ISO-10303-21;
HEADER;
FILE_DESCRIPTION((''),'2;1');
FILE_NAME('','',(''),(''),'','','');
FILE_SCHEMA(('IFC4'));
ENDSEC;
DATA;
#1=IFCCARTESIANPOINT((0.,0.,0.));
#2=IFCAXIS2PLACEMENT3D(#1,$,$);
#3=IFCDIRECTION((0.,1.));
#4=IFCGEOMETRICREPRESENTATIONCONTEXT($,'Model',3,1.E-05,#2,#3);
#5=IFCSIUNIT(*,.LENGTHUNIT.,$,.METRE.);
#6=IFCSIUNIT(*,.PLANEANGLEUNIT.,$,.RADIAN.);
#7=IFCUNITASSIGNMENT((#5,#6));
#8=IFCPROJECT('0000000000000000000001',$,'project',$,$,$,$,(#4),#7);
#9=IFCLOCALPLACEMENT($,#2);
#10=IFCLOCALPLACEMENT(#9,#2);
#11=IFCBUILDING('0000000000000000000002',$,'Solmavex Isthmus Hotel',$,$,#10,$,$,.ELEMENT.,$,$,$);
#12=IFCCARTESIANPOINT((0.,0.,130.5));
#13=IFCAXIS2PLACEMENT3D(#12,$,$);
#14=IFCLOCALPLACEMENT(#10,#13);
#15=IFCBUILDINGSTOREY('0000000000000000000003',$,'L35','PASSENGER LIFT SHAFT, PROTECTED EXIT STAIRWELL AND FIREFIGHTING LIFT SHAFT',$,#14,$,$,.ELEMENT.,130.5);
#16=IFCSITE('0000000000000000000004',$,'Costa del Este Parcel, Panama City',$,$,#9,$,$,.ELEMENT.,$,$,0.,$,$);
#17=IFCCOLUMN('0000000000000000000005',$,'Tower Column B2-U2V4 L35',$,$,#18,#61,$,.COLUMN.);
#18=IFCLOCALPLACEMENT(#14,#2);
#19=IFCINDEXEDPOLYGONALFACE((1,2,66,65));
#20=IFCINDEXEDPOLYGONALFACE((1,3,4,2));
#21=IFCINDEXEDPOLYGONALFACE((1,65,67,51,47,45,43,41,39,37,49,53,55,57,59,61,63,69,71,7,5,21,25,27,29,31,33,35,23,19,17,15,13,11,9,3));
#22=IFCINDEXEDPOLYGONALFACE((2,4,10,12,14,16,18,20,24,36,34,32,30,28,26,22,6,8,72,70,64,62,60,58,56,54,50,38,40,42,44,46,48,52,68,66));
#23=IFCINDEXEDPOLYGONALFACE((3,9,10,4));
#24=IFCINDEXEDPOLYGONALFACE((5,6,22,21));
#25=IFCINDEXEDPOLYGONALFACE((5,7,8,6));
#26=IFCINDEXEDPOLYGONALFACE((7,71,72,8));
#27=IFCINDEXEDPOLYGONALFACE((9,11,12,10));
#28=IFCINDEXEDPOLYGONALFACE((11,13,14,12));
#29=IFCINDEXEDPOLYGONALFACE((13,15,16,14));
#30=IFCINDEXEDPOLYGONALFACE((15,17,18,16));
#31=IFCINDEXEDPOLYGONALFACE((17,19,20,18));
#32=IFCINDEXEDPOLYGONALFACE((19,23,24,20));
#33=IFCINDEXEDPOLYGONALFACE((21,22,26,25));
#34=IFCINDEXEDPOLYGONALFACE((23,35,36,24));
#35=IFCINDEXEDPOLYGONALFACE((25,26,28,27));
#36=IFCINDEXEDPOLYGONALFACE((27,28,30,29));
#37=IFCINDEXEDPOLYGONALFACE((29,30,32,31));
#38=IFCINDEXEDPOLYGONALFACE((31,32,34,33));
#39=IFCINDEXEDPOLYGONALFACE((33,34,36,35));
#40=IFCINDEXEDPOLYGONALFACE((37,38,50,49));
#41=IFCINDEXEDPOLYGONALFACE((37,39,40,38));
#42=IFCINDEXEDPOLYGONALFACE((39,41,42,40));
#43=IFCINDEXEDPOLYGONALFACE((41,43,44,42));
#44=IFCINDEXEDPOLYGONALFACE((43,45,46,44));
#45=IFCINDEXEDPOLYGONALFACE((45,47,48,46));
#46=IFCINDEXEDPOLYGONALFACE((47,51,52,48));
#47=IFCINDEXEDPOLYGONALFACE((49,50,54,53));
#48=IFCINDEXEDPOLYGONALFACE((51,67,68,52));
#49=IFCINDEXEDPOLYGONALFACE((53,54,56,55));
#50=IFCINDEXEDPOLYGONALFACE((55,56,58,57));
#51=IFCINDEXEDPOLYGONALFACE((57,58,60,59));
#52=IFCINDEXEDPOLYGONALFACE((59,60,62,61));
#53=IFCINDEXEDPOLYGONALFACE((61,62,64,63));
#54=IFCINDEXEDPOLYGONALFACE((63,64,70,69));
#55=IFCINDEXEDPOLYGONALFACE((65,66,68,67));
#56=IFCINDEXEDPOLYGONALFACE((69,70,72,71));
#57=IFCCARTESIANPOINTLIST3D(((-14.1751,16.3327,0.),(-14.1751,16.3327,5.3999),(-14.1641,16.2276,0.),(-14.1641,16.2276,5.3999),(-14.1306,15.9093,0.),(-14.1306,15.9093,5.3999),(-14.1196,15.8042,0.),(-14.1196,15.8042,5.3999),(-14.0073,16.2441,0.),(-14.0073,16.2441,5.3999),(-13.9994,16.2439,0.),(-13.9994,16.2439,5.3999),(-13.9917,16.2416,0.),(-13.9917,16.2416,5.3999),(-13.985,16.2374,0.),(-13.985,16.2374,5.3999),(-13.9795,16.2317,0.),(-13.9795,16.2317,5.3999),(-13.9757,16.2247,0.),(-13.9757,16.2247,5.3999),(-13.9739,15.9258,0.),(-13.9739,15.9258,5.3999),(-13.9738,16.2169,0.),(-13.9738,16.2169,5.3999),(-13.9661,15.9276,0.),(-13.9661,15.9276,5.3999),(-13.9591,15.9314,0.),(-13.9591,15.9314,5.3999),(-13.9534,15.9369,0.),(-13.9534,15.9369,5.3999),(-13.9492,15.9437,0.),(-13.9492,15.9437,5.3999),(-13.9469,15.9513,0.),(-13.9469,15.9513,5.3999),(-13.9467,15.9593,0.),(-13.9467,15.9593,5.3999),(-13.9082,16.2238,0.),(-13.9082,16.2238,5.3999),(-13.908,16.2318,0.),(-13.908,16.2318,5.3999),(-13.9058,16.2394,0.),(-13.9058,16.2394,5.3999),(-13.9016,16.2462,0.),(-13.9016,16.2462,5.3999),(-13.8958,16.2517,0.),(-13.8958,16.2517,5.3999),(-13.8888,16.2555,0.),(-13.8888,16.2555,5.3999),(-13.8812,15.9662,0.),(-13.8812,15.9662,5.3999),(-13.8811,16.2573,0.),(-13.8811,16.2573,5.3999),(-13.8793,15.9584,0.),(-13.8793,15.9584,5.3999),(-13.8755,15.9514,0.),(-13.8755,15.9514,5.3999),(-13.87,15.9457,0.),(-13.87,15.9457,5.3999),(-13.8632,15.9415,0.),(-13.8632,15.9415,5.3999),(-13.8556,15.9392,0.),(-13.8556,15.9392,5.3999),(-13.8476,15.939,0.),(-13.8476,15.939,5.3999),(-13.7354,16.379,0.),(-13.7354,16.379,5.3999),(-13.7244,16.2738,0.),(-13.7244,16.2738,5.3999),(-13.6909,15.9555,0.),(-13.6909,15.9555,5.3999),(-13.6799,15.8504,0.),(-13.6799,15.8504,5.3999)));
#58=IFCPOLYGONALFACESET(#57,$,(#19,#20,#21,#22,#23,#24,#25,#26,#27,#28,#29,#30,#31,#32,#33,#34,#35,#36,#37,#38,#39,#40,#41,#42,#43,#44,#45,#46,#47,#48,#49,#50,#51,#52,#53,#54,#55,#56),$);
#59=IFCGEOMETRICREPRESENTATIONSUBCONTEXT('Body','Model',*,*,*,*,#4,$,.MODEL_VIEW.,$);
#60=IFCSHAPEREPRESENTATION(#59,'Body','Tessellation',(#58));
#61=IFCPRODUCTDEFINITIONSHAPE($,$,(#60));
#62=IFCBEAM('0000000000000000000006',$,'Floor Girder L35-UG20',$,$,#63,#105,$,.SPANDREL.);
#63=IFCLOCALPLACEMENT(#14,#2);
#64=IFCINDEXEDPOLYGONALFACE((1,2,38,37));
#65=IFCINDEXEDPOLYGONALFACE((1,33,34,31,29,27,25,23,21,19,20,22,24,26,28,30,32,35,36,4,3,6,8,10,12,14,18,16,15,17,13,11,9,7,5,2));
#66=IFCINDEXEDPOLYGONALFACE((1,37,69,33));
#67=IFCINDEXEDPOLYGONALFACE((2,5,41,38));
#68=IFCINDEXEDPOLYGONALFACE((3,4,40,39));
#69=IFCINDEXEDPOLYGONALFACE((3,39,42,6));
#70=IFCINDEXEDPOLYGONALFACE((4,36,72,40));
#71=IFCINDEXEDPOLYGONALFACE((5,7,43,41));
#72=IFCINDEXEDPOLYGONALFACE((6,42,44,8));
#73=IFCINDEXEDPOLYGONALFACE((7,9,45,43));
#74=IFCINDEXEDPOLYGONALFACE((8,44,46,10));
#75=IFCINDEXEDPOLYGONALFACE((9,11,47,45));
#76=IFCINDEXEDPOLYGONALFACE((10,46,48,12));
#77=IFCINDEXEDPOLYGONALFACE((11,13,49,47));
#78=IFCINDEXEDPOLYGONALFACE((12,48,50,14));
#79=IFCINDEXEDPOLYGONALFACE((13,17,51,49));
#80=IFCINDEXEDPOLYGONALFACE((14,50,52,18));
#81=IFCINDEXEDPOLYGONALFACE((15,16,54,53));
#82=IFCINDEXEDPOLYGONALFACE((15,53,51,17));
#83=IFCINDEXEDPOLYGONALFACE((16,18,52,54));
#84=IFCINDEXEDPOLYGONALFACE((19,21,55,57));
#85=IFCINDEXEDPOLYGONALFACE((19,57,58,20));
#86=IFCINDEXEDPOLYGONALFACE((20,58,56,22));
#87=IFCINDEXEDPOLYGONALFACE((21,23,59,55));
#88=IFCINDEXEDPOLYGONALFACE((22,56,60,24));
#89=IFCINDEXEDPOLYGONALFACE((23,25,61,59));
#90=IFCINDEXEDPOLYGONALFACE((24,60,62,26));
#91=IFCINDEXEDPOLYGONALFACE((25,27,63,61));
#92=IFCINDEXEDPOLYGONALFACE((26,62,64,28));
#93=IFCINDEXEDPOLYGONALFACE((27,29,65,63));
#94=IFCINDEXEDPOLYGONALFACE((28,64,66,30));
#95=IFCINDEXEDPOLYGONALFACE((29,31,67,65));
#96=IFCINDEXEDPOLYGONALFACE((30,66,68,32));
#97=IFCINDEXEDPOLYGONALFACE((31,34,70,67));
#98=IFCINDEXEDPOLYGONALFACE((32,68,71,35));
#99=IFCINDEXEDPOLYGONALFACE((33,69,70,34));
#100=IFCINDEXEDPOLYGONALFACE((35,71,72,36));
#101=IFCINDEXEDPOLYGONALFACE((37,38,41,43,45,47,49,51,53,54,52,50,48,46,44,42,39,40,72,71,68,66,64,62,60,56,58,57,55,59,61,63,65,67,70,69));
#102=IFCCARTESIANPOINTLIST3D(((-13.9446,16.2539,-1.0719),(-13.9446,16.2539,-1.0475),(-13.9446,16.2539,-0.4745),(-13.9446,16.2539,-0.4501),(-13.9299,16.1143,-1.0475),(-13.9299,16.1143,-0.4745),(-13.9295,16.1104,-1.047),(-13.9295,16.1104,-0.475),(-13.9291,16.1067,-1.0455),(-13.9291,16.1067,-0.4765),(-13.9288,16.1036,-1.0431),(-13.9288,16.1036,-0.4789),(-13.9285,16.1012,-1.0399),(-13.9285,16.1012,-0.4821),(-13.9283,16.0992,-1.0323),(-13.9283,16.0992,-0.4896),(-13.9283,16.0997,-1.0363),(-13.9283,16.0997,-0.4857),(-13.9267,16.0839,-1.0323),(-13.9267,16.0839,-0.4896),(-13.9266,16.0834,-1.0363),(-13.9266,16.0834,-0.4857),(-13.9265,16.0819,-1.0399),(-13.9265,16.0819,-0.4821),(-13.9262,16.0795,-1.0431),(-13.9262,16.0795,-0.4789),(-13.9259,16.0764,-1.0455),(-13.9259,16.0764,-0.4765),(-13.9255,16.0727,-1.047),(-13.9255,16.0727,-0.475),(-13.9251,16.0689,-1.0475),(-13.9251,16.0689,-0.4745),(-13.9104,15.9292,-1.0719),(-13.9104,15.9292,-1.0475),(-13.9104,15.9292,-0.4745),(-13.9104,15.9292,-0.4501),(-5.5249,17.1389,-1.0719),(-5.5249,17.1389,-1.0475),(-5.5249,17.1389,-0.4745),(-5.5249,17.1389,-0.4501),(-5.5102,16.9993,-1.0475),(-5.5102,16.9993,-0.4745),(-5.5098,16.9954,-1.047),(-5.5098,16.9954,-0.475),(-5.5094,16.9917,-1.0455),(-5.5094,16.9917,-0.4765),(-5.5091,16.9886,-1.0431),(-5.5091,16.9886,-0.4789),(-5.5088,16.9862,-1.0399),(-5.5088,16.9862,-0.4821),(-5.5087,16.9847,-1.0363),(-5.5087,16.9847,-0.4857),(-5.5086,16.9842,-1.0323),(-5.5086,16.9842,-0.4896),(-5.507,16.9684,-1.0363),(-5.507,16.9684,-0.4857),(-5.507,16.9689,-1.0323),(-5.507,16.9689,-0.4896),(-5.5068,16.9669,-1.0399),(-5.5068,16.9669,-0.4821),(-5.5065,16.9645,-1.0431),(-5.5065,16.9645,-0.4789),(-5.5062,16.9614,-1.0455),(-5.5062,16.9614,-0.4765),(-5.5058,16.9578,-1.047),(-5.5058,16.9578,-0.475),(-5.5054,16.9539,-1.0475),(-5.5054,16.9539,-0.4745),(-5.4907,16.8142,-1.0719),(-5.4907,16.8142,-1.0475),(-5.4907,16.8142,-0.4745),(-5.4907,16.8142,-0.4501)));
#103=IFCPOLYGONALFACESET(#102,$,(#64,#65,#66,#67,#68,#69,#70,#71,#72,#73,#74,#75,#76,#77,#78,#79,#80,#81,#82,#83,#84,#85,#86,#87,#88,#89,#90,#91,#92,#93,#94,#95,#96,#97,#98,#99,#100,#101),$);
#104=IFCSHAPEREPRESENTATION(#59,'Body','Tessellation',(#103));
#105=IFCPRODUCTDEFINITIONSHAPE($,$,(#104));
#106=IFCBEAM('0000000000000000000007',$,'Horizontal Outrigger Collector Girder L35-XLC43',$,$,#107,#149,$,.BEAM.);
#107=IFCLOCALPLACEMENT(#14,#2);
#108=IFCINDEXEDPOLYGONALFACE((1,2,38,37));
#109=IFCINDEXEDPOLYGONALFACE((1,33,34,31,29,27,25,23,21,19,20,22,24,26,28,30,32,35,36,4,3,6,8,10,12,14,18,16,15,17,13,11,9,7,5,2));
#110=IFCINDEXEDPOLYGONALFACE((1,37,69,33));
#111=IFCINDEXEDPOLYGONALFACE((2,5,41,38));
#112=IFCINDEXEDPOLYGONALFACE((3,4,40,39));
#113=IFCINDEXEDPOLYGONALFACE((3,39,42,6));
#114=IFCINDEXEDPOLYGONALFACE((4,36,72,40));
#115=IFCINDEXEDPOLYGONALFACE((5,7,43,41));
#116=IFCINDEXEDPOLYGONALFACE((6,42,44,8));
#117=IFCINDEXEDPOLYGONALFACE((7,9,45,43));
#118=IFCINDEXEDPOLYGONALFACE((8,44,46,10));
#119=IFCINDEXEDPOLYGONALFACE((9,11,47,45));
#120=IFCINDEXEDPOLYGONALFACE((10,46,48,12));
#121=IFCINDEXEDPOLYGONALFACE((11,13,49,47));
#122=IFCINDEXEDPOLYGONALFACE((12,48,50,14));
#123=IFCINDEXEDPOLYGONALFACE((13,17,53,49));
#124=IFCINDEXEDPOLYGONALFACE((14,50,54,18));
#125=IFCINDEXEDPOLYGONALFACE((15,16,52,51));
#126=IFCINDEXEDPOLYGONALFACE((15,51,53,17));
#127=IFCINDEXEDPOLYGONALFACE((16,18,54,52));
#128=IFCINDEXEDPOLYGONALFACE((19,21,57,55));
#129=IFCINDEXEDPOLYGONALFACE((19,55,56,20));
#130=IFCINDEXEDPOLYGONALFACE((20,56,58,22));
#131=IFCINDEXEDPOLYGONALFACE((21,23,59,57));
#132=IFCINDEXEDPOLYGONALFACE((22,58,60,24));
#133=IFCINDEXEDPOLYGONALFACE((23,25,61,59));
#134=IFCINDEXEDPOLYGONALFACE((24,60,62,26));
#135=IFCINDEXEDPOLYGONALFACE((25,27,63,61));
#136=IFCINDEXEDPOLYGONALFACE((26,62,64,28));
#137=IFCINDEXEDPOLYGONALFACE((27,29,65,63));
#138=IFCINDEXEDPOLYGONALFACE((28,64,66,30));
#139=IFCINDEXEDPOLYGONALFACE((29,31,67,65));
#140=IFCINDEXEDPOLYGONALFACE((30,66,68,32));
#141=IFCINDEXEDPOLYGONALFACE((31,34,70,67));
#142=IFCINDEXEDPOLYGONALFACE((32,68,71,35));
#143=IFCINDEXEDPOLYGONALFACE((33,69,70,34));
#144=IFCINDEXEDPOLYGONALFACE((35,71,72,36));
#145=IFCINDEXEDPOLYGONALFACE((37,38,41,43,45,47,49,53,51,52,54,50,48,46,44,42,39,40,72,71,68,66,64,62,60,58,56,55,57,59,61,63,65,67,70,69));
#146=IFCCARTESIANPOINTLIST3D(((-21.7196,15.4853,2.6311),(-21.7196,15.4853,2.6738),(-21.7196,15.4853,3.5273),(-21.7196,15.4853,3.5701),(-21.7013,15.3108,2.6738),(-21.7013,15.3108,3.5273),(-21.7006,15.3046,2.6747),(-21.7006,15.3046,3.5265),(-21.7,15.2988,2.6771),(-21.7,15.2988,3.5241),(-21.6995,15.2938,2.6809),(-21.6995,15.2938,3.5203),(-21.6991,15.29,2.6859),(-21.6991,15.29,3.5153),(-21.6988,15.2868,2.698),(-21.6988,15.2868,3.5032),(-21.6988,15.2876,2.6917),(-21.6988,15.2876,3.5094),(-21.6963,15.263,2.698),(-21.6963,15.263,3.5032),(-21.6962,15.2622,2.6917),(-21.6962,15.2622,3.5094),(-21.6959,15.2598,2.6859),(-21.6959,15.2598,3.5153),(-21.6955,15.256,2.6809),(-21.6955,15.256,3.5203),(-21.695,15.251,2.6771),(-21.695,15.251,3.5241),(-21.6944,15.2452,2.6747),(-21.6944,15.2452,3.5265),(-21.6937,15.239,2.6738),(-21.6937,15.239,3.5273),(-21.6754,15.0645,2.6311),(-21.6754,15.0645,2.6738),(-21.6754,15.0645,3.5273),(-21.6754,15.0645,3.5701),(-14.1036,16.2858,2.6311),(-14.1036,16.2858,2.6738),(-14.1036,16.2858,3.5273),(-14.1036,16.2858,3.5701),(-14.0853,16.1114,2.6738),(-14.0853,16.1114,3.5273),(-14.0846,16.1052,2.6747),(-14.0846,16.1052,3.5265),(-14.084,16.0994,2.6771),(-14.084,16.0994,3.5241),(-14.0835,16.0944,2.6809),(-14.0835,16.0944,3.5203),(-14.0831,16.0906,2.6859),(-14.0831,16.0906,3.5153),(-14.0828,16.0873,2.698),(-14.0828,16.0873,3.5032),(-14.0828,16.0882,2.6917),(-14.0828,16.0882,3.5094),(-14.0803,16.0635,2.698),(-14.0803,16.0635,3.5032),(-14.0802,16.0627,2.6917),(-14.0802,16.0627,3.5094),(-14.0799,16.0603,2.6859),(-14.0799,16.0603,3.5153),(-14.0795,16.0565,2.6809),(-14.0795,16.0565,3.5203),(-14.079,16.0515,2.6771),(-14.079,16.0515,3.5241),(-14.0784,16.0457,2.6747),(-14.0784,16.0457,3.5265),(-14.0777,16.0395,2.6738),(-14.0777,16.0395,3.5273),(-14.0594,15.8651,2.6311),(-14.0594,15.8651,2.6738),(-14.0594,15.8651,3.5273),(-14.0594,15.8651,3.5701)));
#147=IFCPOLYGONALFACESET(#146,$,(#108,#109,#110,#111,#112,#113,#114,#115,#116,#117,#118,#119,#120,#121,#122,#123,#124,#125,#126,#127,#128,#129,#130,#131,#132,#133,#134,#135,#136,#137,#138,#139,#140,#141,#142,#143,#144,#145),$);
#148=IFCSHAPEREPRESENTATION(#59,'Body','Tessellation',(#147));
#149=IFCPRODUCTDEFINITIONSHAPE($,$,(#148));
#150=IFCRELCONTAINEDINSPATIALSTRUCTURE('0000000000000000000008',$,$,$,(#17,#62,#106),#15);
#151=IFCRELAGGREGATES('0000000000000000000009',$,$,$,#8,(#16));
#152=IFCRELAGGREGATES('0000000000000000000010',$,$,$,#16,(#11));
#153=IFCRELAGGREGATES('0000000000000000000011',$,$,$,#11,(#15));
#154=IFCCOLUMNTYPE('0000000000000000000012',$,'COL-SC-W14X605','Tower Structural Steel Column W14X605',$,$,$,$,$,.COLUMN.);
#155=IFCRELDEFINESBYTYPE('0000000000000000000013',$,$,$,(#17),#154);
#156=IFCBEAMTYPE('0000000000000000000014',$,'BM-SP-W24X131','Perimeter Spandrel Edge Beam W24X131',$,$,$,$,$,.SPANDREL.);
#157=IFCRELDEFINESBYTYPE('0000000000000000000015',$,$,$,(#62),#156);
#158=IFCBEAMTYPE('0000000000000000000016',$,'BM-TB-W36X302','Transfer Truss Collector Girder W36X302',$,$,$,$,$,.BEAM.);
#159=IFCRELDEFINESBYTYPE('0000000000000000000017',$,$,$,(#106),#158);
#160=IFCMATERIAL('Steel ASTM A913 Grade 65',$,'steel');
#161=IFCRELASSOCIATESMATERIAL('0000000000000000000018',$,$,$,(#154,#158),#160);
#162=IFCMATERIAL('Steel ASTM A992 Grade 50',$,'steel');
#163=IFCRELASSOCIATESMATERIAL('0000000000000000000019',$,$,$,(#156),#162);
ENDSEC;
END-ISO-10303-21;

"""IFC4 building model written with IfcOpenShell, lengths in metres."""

from ifc_helpers import new_model, si_unit, direction, frame, origin, origin_2d, place, context, subcontext, project, spatial, i_section, extrude, material, material_profile, profile_set, type_object, element, save


model = new_model("IFC4")

# Units and contexts
model_context = context("Model", 3, precision=1e-05, world=origin(), true_north=direction((0.0, 1.0)))
body_context = subcontext(model_context, "Body", "Model", "MODEL_VIEW")
ifc_project = project(units=[si_unit("LENGTHUNIT", "METRE"), si_unit("PLANEANGLEUNIT", "RADIAN")], contexts=[model_context])

# Site, building, storey
site_placement = place(None, origin())
site = spatial("IfcSite", under=ifc_project, at=site_placement, Name="Costa del Este Parcel, Panama City", CompositionType="ELEMENT", RefElevation=0.0)
building_placement = place(site_placement, origin())
building = spatial("IfcBuilding", under=site, at=building_placement, Name="Solmavex Isthmus Hotel", CompositionType="ELEMENT")
storey_placement = place(building_placement, frame((0.0, 0.0, 130.5)))
storey = spatial("IfcBuildingStorey", under=building, at=storey_placement, Name="L35", Description="PASSENGER LIFT SHAFT, PROTECTED EXIT STAIRWELL AND FIREFIGHTING LIFT SHAFT", CompositionType="ELEMENT", Elevation=130.5)

# Column
ifc_material_1 = material(Name="Steel ASTM A913 Grade 65", Category="steel")
ifc_material_profile_1 = material_profile(ifc_material_1, i_section(OverallWidth=0.4421, OverallDepth=0.5315, WebThickness=0.0659, FlangeThickness=0.1057, FilletRadius=0.0305, at=origin_2d()), Name="W14X605")
ifc_profile_set_1 = profile_set([ifc_material_profile_1], Name="Steel ASTM A913 Grade 65")
column_type = type_object("IfcColumnType", Name="COL-SC-W14X605", Description="Tower Structural Steel Column W14X605", PredefinedType="COLUMN", material=ifc_profile_set_1)
column_placement = place(storey_placement, frame((-13.9275, 16.0916, 0.0), z_axis=(0.0, 0.0, 1.0), x_axis=(0.994522, 0.104528, 0.0)))
element("IfcColumn", 1, at=column_placement, inside=storey, type_object=column_type, Name="Tower Column B2-U2V4 L35", PredefinedType="COLUMN", context=body_context, shape_type="SweptSolid", body=[
    extrude(i_section(OverallWidth=0.4421, OverallDepth=0.5315, WebThickness=0.0659, FlangeThickness=0.1057, FilletRadius=0.0305, at=origin_2d()), origin(), (0.0, 0.0, 1.0), 5.3999),
])

# Beams
ifc_material_2 = material(Name="Steel ASTM A992 Grade 50", Category="steel")
ifc_material_profile_2 = material_profile(ifc_material_2, i_section(OverallWidth=0.3264, OverallDepth=0.6218, WebThickness=0.0154, FlangeThickness=0.0244, FilletRadius=0.0151, at=origin_2d()), Name="W24X131")
ifc_profile_set_2 = profile_set([ifc_material_profile_2], Name="Steel ASTM A992 Grade 50")
beam_type_1 = type_object("IfcBeamType", Name="BM-SP-W24X131", Description="Perimeter Spandrel Edge Beam W24X131", PredefinedType="SPANDREL", material=ifc_profile_set_2)
beam_1_placement = place(storey_placement, frame((-13.9275, 16.0916, -0.761), z_axis=(0.994521, 0.104536, 0.0), x_axis=(-0.104536, 0.994521, 0.0)))
element("IfcBeam", 2, at=beam_1_placement, inside=storey, type_object=beam_type_1, Name="Floor Girder L35-UG20", PredefinedType="SPANDREL", context=body_context, shape_type="SweptSolid", body=[
    extrude(i_section(OverallWidth=0.3264, OverallDepth=0.6218, WebThickness=0.0154, FlangeThickness=0.0244, FilletRadius=0.0151, at=origin_2d()), origin(), (0.0, 0.0, 1.0), 8.4661),
])
ifc_material_profile_3 = material_profile(ifc_material_1, i_section(OverallWidth=0.4231, OverallDepth=0.939, WebThickness=0.0239, FlangeThickness=0.0427, FilletRadius=0.0242, at=origin_2d()), Name="W36X302")
ifc_profile_set_3 = profile_set([ifc_material_profile_3], Name="Steel ASTM A913 Grade 65")
beam_type_2 = type_object("IfcBeamType", Name="BM-TB-W36X302", Description="Transfer Truss Collector Girder W36X302", PredefinedType="BEAM", material=ifc_profile_set_3)
beam_2_placement = place(storey_placement, frame((-21.6975, 15.2749, 3.1006), z_axis=(0.994521, 0.104537, 0.0), x_axis=(-0.104537, 0.994521, 0.0)))
element("IfcBeam", 3, at=beam_2_placement, inside=storey, type_object=beam_type_2, Name="Horizontal Outrigger Collector Girder L35-XLC43", PredefinedType="BEAM", context=body_context, shape_type="SweptSolid", body=[
    extrude(i_section(OverallWidth=0.4231, OverallDepth=0.939, WebThickness=0.0239, FlangeThickness=0.0427, FilletRadius=0.0242, at=origin_2d()), origin(), (0.0, 0.0, 1.0), 7.658),
])

save(model, "model.ifc")
